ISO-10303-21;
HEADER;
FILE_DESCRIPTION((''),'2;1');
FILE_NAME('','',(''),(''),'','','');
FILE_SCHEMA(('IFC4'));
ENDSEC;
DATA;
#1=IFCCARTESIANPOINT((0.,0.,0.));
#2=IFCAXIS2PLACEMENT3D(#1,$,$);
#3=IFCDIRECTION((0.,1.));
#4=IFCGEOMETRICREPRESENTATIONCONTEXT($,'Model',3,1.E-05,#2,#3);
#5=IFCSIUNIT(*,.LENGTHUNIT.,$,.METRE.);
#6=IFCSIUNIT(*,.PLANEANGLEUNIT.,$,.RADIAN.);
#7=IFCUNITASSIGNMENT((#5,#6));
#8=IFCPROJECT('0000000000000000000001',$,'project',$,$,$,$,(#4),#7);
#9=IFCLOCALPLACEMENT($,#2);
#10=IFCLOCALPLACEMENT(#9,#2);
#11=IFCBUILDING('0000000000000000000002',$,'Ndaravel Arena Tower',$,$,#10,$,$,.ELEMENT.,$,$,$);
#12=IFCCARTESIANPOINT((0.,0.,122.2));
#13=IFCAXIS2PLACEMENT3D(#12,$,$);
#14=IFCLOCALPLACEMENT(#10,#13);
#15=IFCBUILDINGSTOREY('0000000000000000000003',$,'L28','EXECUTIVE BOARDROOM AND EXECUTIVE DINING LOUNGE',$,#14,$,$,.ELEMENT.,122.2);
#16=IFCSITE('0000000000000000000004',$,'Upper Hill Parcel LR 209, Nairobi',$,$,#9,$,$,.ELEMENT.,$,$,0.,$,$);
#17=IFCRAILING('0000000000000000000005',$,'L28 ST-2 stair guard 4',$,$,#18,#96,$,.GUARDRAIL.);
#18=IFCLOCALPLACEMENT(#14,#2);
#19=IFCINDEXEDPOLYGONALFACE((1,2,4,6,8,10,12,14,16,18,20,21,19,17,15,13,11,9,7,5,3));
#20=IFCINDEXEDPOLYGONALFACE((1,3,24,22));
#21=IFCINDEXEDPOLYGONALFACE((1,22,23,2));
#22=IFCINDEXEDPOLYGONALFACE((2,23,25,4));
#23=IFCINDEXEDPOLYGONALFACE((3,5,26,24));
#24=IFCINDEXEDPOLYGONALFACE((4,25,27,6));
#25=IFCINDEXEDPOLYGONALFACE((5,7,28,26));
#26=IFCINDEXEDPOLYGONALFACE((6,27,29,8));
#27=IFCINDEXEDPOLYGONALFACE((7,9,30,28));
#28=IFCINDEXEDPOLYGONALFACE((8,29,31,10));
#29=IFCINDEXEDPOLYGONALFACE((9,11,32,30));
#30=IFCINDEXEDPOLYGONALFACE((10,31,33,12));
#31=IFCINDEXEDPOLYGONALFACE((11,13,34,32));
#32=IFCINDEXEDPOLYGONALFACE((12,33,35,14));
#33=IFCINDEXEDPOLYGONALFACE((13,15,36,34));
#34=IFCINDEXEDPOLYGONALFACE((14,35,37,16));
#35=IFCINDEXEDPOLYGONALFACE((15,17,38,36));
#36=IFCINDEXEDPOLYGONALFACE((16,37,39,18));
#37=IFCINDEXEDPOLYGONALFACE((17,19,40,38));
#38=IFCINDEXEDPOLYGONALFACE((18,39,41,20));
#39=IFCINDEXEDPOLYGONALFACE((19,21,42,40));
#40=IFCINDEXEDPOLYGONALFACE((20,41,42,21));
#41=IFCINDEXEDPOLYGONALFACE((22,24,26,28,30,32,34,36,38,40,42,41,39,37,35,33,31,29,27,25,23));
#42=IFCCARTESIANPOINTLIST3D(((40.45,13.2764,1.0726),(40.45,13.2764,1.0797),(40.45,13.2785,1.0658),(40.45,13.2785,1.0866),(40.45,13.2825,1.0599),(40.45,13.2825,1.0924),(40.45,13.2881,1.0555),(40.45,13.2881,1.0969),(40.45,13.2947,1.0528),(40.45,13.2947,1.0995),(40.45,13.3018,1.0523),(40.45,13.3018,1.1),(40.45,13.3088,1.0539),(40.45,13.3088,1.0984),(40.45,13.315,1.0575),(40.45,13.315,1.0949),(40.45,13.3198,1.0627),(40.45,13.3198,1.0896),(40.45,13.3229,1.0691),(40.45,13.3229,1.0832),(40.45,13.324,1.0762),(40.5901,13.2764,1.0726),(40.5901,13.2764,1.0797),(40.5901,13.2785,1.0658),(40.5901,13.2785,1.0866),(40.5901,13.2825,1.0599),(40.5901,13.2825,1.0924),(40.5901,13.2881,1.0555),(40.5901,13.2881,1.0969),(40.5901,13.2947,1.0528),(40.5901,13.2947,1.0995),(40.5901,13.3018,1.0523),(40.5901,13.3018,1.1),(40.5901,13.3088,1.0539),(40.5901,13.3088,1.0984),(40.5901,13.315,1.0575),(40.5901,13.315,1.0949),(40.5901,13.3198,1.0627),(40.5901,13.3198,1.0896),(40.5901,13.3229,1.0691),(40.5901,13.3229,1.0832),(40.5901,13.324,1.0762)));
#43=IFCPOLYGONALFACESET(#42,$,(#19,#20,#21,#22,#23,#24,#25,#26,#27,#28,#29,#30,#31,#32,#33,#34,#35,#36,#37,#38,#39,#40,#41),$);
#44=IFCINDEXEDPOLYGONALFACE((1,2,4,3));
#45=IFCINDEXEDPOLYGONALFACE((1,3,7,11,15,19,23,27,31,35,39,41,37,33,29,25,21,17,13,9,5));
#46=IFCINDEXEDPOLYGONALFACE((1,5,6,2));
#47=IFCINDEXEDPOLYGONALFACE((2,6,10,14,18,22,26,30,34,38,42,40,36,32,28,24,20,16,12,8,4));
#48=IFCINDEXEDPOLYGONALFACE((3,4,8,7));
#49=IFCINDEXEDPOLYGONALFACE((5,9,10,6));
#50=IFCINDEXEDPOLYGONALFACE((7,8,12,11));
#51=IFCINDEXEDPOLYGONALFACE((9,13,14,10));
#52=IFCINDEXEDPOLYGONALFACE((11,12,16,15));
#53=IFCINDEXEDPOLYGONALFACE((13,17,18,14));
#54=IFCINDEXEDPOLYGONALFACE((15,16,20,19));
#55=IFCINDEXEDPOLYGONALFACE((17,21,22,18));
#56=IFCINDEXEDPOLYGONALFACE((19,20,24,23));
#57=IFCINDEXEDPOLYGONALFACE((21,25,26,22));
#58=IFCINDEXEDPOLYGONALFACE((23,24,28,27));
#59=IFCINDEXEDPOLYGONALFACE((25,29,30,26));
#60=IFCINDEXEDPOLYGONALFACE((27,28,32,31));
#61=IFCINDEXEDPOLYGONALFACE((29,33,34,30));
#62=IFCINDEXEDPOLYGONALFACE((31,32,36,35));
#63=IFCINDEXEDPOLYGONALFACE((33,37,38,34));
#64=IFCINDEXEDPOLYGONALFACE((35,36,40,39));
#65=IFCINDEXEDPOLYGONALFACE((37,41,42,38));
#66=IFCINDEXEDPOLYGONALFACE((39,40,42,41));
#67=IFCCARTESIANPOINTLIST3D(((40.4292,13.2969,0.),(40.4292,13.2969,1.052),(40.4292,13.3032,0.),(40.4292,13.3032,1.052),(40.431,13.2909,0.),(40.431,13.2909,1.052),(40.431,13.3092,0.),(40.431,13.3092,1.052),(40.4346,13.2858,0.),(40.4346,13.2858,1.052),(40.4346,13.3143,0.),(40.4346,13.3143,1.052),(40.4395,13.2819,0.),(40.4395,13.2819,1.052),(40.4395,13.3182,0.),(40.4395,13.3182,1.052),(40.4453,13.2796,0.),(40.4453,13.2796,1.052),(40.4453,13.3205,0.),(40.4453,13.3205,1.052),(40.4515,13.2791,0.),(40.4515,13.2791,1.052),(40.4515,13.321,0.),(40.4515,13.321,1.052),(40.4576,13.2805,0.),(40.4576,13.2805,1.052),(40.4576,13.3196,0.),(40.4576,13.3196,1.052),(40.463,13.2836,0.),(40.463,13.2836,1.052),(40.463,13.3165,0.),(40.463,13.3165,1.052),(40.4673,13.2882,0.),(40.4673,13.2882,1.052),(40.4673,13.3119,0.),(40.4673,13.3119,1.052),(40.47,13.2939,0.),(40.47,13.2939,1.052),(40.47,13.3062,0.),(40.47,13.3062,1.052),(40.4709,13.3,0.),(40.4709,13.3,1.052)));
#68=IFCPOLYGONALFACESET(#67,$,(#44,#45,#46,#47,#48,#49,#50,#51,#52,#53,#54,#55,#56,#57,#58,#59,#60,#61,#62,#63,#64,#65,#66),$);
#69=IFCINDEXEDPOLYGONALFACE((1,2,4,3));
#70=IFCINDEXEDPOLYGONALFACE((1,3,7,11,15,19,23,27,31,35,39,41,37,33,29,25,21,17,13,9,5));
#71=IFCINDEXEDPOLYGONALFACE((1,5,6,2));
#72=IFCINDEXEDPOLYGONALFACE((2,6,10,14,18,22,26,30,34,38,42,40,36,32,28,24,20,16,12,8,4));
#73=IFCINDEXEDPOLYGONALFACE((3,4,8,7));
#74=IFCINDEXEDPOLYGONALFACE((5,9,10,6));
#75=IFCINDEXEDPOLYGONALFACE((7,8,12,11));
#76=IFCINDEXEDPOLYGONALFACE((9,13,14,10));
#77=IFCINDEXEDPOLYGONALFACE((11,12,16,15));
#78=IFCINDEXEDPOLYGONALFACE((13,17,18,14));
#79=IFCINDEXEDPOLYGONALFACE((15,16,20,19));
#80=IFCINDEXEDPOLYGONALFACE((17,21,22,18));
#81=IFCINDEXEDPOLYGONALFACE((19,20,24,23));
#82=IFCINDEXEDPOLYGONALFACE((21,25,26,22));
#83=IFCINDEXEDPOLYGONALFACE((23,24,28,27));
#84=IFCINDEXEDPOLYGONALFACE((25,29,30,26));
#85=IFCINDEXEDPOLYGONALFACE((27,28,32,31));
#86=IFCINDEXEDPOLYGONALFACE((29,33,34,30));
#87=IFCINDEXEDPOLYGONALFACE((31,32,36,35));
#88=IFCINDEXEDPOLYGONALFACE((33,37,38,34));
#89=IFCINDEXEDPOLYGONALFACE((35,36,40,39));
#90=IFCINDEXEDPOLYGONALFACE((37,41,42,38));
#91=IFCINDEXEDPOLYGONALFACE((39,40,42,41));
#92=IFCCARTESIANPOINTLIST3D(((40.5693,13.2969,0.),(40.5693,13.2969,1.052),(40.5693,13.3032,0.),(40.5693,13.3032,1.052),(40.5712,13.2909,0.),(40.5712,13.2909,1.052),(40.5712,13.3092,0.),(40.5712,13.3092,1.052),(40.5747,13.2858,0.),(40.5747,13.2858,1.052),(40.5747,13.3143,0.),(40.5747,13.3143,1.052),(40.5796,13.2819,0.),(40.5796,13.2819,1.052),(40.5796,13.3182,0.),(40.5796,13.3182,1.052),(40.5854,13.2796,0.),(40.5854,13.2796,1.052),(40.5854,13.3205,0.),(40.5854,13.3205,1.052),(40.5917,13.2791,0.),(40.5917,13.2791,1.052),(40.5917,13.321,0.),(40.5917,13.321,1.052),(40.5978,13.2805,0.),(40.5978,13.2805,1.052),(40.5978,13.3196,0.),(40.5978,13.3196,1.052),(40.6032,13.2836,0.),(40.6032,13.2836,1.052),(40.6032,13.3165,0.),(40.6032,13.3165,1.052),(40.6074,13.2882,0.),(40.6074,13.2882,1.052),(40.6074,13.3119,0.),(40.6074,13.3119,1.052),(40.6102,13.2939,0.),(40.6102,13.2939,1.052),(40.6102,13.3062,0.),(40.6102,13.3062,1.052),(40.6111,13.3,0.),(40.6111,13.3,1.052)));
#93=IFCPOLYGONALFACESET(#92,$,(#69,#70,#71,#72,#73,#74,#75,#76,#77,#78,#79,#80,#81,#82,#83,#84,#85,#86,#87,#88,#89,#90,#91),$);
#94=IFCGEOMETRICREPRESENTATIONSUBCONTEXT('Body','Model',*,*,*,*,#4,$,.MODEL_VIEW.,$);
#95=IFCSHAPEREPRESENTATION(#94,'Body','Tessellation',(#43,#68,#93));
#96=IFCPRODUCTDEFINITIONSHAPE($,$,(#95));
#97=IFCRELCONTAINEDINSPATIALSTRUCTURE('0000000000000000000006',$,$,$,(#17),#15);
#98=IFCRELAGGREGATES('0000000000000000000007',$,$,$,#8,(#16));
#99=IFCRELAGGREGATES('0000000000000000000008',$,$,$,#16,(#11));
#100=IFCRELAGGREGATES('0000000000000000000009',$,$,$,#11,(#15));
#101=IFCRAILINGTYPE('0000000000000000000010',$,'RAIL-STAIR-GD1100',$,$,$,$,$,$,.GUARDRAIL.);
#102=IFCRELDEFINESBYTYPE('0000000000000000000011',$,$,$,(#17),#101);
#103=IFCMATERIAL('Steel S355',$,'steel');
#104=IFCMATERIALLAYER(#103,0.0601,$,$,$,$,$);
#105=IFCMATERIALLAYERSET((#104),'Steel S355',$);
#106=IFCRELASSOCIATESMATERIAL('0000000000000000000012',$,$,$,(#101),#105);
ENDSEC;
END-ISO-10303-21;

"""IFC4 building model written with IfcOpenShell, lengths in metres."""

from ifc_helpers import new_model, si_unit, direction, frame, origin, origin_2d, place, context, subcontext, project, spatial, circle, extrude, material, layer, layer_set, type_object, element, save


model = new_model("IFC4")

# Units and contexts
model_context = context("Model", 3, precision=1e-05, world=origin(), true_north=direction((0.0, 1.0)))
body_context = subcontext(model_context, "Body", "Model", "MODEL_VIEW")
ifc_project = project(units=[si_unit("LENGTHUNIT", "METRE"), si_unit("PLANEANGLEUNIT", "RADIAN")], contexts=[model_context])

# Site, building, storey
site_placement = place(None, origin())
site = spatial("IfcSite", under=ifc_project, at=site_placement, Name="Upper Hill Parcel LR 209, Nairobi", CompositionType="ELEMENT", RefElevation=0.0)
building_placement = place(site_placement, origin())
building = spatial("IfcBuilding", under=site, at=building_placement, Name="Ndaravel Arena Tower", CompositionType="ELEMENT")
storey_placement = place(building_placement, frame((0.0, 0.0, 122.2)))
storey = spatial("IfcBuildingStorey", under=building, at=storey_placement, Name="L28", Description="EXECUTIVE BOARDROOM AND EXECUTIVE DINING LOUNGE", CompositionType="ELEMENT", Elevation=122.2)

# Railing
ifc_material_1 = material(Name="Steel S355", Category="steel")
ifc_layer_1 = layer(ifc_material_1, 0.0601)
ifc_layer_set_1 = layer_set([ifc_layer_1], Name="Steel S355")
railing_type_1 = type_object("IfcRailingType", Name="RAIL-STAIR-GD1100", PredefinedType="GUARDRAIL", material=ifc_layer_set_1)
railing_1_placement = place(storey_placement, frame((40.45, 13.3, 0.0)))
element("IfcRailing", 1, at=railing_1_placement, inside=storey, type_object=railing_type_1, Name="L28 ST-2 stair guard 4", PredefinedType="GUARDRAIL", context=body_context, shape_type="SweptSolid", body=[
    extrude(circle(Radius=0.0239, at=origin_2d()), frame((0.0, 0.0, 1.0762), z_axis=(1.0, 0.0, 0.0), x_axis=(0.0, 1.0, 0.0)), (0.0, 0.0, 1.0), 0.1401),
    extrude(circle(Radius=0.021, at=origin_2d()), origin(), (0.0, 0.0, 1.0), 1.052),
    extrude(circle(Radius=0.021, at=origin_2d()), frame((0.1401, 0.0, 0.0)), (0.0, 0.0, 1.0), 1.052),
])

save(model, "model.ifc")
